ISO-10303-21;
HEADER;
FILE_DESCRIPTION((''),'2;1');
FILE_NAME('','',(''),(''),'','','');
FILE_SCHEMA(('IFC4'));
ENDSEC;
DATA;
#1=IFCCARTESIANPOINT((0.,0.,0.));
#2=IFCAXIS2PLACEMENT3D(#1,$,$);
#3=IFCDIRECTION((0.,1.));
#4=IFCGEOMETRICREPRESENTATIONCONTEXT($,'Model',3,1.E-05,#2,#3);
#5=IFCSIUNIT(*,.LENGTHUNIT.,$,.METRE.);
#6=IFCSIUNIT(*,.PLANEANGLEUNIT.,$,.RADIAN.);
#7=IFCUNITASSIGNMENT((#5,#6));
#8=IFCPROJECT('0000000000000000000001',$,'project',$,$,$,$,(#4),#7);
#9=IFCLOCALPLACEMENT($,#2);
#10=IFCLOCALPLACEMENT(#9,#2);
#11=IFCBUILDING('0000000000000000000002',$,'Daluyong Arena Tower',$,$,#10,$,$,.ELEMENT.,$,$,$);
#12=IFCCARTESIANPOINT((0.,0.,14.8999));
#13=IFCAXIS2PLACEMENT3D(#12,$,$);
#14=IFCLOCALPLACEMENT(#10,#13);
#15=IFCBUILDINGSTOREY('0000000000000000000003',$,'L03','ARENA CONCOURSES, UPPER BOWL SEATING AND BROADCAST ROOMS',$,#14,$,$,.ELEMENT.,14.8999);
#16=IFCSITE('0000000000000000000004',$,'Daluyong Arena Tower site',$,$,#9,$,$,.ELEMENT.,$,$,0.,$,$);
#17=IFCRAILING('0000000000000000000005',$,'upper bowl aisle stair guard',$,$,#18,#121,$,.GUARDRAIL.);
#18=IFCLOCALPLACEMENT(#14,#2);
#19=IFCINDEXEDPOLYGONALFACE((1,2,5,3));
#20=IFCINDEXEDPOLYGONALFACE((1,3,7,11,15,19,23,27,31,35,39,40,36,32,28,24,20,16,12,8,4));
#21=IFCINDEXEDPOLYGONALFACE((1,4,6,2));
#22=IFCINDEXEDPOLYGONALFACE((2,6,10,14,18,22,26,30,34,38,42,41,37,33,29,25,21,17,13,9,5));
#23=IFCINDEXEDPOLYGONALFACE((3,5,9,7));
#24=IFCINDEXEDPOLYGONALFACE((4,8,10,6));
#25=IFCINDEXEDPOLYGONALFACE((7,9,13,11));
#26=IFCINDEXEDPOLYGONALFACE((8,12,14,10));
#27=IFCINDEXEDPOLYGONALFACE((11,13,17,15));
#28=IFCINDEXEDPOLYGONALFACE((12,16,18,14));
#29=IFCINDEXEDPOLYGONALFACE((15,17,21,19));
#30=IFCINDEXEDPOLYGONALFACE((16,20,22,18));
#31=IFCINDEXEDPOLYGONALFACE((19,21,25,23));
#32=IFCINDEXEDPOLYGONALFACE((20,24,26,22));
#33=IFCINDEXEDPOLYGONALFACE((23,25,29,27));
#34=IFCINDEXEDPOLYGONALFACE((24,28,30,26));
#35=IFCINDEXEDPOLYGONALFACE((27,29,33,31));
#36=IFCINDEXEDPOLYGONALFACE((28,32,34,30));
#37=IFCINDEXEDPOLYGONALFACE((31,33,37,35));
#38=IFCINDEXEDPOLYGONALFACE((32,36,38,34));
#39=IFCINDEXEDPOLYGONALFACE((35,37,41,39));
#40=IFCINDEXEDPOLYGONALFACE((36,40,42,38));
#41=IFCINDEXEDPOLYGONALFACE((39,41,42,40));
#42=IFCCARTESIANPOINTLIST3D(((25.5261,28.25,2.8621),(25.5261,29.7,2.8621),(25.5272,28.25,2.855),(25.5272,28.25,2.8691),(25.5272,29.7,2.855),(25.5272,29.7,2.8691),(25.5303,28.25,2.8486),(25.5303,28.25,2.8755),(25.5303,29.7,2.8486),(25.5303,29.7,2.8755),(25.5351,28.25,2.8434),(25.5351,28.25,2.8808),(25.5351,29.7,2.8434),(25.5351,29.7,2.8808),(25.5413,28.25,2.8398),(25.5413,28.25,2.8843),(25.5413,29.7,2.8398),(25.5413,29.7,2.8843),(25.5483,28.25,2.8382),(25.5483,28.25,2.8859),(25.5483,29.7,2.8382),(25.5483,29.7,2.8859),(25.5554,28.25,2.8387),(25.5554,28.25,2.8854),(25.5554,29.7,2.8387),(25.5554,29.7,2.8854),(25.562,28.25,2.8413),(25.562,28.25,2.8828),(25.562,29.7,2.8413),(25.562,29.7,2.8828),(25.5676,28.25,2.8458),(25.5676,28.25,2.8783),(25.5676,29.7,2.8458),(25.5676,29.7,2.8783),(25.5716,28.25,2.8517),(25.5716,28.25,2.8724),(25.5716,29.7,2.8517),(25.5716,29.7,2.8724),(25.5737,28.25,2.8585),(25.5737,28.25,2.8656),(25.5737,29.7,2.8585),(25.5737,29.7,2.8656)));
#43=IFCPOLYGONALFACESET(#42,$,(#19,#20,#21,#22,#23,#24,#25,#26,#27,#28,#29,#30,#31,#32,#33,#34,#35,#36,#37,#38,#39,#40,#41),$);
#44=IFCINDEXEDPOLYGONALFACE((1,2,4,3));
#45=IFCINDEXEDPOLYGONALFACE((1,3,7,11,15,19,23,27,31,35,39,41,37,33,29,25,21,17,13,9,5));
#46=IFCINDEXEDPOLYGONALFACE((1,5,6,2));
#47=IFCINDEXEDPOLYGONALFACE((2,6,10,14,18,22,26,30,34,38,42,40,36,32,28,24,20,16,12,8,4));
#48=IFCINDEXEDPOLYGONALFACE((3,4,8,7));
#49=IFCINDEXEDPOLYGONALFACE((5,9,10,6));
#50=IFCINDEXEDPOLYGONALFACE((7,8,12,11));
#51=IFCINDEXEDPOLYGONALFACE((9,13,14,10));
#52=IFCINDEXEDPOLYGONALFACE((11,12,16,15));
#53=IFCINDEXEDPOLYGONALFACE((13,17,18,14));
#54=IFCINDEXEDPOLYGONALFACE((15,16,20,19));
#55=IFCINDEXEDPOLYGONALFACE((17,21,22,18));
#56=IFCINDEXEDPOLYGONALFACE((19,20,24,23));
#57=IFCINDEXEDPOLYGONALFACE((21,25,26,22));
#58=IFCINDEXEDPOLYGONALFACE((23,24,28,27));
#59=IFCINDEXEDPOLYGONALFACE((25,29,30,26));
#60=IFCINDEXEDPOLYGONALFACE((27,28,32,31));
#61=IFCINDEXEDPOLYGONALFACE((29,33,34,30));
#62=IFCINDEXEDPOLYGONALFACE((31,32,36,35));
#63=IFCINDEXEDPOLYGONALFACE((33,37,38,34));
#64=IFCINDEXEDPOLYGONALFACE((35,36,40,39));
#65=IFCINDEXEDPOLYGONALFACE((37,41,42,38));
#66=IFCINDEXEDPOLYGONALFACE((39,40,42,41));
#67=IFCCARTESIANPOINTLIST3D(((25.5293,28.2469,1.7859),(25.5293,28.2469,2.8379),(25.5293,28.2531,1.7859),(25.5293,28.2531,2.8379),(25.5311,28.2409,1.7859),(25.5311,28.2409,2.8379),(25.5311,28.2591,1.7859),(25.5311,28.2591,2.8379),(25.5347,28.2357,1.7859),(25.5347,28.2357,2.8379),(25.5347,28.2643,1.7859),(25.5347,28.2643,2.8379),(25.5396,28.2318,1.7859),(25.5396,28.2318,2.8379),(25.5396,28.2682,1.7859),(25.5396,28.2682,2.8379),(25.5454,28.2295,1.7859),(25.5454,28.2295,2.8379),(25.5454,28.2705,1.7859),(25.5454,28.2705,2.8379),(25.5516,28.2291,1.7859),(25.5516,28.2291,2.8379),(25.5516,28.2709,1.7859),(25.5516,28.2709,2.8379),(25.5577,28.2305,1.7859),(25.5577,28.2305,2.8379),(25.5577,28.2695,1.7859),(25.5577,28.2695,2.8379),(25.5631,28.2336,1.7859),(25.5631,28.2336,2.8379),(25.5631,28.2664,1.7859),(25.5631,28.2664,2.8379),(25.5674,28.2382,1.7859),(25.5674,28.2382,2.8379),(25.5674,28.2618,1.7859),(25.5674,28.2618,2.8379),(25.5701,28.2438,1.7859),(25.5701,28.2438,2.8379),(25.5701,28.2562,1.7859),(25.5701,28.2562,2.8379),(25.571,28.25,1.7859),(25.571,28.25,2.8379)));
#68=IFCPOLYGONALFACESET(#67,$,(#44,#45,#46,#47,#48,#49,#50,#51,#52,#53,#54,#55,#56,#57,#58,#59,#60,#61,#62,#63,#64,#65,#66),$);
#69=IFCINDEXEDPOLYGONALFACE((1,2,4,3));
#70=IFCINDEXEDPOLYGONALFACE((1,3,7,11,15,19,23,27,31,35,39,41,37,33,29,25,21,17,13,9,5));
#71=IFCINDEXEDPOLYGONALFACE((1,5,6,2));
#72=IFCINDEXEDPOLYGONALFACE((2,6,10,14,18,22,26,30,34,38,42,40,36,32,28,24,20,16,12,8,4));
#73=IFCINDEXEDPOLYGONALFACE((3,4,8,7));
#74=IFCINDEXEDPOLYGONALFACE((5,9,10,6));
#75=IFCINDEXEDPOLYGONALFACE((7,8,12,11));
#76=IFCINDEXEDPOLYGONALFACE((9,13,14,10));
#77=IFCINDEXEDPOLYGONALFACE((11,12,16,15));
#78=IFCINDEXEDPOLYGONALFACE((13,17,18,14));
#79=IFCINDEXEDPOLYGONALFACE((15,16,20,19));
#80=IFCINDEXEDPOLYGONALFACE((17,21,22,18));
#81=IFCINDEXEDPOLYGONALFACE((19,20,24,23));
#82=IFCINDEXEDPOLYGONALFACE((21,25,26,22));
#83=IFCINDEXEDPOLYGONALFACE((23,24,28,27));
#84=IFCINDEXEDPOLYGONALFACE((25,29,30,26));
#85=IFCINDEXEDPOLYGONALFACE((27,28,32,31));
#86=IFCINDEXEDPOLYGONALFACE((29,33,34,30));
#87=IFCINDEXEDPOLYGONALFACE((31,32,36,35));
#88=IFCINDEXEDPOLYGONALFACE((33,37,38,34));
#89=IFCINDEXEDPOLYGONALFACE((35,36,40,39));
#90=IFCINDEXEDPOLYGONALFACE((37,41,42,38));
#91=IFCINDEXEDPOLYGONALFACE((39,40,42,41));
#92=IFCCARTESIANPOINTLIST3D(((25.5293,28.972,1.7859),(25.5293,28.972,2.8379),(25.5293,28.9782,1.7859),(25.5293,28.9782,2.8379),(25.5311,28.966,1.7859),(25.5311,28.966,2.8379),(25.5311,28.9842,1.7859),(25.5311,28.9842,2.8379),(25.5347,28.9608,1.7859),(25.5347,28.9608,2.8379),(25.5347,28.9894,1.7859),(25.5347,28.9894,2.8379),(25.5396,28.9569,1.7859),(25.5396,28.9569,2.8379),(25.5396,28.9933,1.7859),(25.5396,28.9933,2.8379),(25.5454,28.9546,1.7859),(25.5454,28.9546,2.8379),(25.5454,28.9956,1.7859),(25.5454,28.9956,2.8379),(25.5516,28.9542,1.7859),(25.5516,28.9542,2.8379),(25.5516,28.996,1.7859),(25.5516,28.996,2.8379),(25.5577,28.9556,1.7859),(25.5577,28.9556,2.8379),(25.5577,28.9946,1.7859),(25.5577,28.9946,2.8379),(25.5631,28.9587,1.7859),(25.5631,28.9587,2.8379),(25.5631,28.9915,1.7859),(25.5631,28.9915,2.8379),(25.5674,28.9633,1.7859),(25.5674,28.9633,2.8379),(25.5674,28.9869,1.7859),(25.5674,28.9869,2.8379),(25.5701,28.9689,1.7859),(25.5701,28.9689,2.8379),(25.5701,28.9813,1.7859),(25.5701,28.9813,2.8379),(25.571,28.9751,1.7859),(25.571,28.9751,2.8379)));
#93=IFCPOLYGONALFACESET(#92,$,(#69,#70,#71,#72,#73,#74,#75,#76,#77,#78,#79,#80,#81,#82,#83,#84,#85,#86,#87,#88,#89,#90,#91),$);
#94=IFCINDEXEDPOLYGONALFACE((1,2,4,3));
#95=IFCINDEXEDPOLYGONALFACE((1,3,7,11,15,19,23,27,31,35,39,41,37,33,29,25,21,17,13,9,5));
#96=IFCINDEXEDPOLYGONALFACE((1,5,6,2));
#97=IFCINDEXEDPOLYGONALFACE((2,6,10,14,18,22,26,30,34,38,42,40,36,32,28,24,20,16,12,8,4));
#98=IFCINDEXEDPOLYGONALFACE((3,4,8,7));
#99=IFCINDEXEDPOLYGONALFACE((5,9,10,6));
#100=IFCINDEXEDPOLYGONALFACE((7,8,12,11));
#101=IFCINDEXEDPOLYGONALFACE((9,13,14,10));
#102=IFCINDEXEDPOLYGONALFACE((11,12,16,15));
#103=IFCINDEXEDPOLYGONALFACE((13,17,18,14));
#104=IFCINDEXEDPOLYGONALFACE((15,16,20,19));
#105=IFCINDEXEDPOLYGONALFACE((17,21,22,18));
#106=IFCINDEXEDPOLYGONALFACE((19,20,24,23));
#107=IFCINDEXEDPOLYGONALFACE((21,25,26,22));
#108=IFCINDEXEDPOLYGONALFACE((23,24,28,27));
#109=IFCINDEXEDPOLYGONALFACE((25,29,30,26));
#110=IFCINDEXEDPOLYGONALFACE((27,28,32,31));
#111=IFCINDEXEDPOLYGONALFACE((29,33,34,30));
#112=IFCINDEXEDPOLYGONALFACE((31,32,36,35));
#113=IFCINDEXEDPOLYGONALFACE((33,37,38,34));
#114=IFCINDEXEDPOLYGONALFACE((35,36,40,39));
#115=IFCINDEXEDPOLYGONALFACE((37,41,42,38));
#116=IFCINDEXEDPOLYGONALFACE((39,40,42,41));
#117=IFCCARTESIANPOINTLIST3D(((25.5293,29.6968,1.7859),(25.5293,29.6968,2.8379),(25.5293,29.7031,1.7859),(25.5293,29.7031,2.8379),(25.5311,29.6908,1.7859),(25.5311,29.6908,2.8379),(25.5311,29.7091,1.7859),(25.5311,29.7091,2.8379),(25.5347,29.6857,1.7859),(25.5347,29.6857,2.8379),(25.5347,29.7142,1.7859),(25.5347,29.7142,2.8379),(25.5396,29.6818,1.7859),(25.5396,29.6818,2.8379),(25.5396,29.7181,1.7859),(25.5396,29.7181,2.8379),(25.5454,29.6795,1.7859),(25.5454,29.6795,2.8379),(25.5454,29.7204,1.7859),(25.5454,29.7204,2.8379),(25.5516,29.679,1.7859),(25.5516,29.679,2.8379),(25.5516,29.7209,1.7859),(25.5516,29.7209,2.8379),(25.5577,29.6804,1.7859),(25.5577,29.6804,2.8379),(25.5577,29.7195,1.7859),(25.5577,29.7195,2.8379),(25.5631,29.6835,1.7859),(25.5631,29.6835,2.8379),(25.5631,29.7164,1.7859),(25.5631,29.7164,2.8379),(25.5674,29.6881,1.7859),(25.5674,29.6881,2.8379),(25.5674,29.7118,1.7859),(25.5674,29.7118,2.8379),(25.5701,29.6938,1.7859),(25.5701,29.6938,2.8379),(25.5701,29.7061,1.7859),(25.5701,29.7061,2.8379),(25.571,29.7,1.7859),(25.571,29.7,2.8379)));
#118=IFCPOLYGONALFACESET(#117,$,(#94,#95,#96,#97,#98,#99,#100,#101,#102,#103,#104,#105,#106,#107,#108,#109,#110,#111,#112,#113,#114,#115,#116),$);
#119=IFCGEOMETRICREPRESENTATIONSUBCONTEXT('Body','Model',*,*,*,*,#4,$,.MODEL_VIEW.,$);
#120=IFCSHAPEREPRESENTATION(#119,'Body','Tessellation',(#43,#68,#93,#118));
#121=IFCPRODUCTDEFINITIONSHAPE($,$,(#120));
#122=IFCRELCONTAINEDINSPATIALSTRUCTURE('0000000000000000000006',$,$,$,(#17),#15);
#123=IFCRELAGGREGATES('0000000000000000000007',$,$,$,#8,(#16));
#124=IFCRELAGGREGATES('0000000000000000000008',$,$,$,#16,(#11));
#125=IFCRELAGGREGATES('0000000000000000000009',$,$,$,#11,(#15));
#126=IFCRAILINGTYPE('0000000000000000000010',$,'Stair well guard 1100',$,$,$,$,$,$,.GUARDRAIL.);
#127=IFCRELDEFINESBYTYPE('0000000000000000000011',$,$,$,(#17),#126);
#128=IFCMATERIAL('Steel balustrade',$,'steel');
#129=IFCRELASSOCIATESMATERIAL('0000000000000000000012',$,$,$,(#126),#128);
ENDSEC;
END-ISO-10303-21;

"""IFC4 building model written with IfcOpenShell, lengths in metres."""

from ifc_helpers import new_model, si_unit, direction, frame, origin, origin_2d, place, context, subcontext, project, spatial, circle, extrude, material, type_object, element, save


model = new_model("IFC4")

# Units and contexts
model_context = context("Model", 3, precision=1e-05, world=origin(), true_north=direction((0.0, 1.0)))
body_context = subcontext(model_context, "Body", "Model", "MODEL_VIEW")
ifc_project = project(units=[si_unit("LENGTHUNIT", "METRE"), si_unit("PLANEANGLEUNIT", "RADIAN")], contexts=[model_context])

# Site, building, storey
site_placement = place(None, origin())
site = spatial("IfcSite", under=ifc_project, at=site_placement, Name="Daluyong Arena Tower site", CompositionType="ELEMENT", RefElevation=0.0)
building_placement = place(site_placement, origin())
building = spatial("IfcBuilding", under=site, at=building_placement, Name="Daluyong Arena Tower", CompositionType="ELEMENT")
storey_placement = place(building_placement, frame((0.0, 0.0, 14.8999)))
storey = spatial("IfcBuildingStorey", under=building, at=storey_placement, Name="L03", Description="ARENA CONCOURSES, UPPER BOWL SEATING AND BROADCAST ROOMS", CompositionType="ELEMENT", Elevation=14.8999)

# Railing
ifc_material_1 = material(Name="Steel balustrade", Category="steel")
railing_type_1 = type_object("IfcRailingType", Name="Stair well guard 1100", PredefinedType="GUARDRAIL", material=ifc_material_1)
railing_1_placement = place(storey_placement, frame((25.55, 28.25, 1.7859)))
element("IfcRailing", 1, at=railing_1_placement, inside=storey, type_object=railing_type_1, Name="upper bowl aisle stair guard", PredefinedType="GUARDRAIL", context=body_context, shape_type="SweptSolid", body=[
    extrude(circle(Radius=0.0239, at=origin_2d()), frame((0.0, 0.0, 1.0762), z_axis=(0.0, 1.0, 0.0), x_axis=(-1.0, 0.0, 0.0)), (0.0, 0.0, 1.0), 1.45),
    extrude(circle(Radius=0.021, at=origin_2d()), origin(), (0.0, 0.0, 1.0), 1.052),
    extrude(circle(Radius=0.021, at=origin_2d()), frame((0.0, 0.7251, 0.0)), (0.0, 0.0, 1.0), 1.052),
    extrude(circle(Radius=0.021, at=origin_2d()), frame((0.0, 1.45, 0.0)), (0.0, 0.0, 1.0), 1.052),
])

save(model, "model.ifc")
